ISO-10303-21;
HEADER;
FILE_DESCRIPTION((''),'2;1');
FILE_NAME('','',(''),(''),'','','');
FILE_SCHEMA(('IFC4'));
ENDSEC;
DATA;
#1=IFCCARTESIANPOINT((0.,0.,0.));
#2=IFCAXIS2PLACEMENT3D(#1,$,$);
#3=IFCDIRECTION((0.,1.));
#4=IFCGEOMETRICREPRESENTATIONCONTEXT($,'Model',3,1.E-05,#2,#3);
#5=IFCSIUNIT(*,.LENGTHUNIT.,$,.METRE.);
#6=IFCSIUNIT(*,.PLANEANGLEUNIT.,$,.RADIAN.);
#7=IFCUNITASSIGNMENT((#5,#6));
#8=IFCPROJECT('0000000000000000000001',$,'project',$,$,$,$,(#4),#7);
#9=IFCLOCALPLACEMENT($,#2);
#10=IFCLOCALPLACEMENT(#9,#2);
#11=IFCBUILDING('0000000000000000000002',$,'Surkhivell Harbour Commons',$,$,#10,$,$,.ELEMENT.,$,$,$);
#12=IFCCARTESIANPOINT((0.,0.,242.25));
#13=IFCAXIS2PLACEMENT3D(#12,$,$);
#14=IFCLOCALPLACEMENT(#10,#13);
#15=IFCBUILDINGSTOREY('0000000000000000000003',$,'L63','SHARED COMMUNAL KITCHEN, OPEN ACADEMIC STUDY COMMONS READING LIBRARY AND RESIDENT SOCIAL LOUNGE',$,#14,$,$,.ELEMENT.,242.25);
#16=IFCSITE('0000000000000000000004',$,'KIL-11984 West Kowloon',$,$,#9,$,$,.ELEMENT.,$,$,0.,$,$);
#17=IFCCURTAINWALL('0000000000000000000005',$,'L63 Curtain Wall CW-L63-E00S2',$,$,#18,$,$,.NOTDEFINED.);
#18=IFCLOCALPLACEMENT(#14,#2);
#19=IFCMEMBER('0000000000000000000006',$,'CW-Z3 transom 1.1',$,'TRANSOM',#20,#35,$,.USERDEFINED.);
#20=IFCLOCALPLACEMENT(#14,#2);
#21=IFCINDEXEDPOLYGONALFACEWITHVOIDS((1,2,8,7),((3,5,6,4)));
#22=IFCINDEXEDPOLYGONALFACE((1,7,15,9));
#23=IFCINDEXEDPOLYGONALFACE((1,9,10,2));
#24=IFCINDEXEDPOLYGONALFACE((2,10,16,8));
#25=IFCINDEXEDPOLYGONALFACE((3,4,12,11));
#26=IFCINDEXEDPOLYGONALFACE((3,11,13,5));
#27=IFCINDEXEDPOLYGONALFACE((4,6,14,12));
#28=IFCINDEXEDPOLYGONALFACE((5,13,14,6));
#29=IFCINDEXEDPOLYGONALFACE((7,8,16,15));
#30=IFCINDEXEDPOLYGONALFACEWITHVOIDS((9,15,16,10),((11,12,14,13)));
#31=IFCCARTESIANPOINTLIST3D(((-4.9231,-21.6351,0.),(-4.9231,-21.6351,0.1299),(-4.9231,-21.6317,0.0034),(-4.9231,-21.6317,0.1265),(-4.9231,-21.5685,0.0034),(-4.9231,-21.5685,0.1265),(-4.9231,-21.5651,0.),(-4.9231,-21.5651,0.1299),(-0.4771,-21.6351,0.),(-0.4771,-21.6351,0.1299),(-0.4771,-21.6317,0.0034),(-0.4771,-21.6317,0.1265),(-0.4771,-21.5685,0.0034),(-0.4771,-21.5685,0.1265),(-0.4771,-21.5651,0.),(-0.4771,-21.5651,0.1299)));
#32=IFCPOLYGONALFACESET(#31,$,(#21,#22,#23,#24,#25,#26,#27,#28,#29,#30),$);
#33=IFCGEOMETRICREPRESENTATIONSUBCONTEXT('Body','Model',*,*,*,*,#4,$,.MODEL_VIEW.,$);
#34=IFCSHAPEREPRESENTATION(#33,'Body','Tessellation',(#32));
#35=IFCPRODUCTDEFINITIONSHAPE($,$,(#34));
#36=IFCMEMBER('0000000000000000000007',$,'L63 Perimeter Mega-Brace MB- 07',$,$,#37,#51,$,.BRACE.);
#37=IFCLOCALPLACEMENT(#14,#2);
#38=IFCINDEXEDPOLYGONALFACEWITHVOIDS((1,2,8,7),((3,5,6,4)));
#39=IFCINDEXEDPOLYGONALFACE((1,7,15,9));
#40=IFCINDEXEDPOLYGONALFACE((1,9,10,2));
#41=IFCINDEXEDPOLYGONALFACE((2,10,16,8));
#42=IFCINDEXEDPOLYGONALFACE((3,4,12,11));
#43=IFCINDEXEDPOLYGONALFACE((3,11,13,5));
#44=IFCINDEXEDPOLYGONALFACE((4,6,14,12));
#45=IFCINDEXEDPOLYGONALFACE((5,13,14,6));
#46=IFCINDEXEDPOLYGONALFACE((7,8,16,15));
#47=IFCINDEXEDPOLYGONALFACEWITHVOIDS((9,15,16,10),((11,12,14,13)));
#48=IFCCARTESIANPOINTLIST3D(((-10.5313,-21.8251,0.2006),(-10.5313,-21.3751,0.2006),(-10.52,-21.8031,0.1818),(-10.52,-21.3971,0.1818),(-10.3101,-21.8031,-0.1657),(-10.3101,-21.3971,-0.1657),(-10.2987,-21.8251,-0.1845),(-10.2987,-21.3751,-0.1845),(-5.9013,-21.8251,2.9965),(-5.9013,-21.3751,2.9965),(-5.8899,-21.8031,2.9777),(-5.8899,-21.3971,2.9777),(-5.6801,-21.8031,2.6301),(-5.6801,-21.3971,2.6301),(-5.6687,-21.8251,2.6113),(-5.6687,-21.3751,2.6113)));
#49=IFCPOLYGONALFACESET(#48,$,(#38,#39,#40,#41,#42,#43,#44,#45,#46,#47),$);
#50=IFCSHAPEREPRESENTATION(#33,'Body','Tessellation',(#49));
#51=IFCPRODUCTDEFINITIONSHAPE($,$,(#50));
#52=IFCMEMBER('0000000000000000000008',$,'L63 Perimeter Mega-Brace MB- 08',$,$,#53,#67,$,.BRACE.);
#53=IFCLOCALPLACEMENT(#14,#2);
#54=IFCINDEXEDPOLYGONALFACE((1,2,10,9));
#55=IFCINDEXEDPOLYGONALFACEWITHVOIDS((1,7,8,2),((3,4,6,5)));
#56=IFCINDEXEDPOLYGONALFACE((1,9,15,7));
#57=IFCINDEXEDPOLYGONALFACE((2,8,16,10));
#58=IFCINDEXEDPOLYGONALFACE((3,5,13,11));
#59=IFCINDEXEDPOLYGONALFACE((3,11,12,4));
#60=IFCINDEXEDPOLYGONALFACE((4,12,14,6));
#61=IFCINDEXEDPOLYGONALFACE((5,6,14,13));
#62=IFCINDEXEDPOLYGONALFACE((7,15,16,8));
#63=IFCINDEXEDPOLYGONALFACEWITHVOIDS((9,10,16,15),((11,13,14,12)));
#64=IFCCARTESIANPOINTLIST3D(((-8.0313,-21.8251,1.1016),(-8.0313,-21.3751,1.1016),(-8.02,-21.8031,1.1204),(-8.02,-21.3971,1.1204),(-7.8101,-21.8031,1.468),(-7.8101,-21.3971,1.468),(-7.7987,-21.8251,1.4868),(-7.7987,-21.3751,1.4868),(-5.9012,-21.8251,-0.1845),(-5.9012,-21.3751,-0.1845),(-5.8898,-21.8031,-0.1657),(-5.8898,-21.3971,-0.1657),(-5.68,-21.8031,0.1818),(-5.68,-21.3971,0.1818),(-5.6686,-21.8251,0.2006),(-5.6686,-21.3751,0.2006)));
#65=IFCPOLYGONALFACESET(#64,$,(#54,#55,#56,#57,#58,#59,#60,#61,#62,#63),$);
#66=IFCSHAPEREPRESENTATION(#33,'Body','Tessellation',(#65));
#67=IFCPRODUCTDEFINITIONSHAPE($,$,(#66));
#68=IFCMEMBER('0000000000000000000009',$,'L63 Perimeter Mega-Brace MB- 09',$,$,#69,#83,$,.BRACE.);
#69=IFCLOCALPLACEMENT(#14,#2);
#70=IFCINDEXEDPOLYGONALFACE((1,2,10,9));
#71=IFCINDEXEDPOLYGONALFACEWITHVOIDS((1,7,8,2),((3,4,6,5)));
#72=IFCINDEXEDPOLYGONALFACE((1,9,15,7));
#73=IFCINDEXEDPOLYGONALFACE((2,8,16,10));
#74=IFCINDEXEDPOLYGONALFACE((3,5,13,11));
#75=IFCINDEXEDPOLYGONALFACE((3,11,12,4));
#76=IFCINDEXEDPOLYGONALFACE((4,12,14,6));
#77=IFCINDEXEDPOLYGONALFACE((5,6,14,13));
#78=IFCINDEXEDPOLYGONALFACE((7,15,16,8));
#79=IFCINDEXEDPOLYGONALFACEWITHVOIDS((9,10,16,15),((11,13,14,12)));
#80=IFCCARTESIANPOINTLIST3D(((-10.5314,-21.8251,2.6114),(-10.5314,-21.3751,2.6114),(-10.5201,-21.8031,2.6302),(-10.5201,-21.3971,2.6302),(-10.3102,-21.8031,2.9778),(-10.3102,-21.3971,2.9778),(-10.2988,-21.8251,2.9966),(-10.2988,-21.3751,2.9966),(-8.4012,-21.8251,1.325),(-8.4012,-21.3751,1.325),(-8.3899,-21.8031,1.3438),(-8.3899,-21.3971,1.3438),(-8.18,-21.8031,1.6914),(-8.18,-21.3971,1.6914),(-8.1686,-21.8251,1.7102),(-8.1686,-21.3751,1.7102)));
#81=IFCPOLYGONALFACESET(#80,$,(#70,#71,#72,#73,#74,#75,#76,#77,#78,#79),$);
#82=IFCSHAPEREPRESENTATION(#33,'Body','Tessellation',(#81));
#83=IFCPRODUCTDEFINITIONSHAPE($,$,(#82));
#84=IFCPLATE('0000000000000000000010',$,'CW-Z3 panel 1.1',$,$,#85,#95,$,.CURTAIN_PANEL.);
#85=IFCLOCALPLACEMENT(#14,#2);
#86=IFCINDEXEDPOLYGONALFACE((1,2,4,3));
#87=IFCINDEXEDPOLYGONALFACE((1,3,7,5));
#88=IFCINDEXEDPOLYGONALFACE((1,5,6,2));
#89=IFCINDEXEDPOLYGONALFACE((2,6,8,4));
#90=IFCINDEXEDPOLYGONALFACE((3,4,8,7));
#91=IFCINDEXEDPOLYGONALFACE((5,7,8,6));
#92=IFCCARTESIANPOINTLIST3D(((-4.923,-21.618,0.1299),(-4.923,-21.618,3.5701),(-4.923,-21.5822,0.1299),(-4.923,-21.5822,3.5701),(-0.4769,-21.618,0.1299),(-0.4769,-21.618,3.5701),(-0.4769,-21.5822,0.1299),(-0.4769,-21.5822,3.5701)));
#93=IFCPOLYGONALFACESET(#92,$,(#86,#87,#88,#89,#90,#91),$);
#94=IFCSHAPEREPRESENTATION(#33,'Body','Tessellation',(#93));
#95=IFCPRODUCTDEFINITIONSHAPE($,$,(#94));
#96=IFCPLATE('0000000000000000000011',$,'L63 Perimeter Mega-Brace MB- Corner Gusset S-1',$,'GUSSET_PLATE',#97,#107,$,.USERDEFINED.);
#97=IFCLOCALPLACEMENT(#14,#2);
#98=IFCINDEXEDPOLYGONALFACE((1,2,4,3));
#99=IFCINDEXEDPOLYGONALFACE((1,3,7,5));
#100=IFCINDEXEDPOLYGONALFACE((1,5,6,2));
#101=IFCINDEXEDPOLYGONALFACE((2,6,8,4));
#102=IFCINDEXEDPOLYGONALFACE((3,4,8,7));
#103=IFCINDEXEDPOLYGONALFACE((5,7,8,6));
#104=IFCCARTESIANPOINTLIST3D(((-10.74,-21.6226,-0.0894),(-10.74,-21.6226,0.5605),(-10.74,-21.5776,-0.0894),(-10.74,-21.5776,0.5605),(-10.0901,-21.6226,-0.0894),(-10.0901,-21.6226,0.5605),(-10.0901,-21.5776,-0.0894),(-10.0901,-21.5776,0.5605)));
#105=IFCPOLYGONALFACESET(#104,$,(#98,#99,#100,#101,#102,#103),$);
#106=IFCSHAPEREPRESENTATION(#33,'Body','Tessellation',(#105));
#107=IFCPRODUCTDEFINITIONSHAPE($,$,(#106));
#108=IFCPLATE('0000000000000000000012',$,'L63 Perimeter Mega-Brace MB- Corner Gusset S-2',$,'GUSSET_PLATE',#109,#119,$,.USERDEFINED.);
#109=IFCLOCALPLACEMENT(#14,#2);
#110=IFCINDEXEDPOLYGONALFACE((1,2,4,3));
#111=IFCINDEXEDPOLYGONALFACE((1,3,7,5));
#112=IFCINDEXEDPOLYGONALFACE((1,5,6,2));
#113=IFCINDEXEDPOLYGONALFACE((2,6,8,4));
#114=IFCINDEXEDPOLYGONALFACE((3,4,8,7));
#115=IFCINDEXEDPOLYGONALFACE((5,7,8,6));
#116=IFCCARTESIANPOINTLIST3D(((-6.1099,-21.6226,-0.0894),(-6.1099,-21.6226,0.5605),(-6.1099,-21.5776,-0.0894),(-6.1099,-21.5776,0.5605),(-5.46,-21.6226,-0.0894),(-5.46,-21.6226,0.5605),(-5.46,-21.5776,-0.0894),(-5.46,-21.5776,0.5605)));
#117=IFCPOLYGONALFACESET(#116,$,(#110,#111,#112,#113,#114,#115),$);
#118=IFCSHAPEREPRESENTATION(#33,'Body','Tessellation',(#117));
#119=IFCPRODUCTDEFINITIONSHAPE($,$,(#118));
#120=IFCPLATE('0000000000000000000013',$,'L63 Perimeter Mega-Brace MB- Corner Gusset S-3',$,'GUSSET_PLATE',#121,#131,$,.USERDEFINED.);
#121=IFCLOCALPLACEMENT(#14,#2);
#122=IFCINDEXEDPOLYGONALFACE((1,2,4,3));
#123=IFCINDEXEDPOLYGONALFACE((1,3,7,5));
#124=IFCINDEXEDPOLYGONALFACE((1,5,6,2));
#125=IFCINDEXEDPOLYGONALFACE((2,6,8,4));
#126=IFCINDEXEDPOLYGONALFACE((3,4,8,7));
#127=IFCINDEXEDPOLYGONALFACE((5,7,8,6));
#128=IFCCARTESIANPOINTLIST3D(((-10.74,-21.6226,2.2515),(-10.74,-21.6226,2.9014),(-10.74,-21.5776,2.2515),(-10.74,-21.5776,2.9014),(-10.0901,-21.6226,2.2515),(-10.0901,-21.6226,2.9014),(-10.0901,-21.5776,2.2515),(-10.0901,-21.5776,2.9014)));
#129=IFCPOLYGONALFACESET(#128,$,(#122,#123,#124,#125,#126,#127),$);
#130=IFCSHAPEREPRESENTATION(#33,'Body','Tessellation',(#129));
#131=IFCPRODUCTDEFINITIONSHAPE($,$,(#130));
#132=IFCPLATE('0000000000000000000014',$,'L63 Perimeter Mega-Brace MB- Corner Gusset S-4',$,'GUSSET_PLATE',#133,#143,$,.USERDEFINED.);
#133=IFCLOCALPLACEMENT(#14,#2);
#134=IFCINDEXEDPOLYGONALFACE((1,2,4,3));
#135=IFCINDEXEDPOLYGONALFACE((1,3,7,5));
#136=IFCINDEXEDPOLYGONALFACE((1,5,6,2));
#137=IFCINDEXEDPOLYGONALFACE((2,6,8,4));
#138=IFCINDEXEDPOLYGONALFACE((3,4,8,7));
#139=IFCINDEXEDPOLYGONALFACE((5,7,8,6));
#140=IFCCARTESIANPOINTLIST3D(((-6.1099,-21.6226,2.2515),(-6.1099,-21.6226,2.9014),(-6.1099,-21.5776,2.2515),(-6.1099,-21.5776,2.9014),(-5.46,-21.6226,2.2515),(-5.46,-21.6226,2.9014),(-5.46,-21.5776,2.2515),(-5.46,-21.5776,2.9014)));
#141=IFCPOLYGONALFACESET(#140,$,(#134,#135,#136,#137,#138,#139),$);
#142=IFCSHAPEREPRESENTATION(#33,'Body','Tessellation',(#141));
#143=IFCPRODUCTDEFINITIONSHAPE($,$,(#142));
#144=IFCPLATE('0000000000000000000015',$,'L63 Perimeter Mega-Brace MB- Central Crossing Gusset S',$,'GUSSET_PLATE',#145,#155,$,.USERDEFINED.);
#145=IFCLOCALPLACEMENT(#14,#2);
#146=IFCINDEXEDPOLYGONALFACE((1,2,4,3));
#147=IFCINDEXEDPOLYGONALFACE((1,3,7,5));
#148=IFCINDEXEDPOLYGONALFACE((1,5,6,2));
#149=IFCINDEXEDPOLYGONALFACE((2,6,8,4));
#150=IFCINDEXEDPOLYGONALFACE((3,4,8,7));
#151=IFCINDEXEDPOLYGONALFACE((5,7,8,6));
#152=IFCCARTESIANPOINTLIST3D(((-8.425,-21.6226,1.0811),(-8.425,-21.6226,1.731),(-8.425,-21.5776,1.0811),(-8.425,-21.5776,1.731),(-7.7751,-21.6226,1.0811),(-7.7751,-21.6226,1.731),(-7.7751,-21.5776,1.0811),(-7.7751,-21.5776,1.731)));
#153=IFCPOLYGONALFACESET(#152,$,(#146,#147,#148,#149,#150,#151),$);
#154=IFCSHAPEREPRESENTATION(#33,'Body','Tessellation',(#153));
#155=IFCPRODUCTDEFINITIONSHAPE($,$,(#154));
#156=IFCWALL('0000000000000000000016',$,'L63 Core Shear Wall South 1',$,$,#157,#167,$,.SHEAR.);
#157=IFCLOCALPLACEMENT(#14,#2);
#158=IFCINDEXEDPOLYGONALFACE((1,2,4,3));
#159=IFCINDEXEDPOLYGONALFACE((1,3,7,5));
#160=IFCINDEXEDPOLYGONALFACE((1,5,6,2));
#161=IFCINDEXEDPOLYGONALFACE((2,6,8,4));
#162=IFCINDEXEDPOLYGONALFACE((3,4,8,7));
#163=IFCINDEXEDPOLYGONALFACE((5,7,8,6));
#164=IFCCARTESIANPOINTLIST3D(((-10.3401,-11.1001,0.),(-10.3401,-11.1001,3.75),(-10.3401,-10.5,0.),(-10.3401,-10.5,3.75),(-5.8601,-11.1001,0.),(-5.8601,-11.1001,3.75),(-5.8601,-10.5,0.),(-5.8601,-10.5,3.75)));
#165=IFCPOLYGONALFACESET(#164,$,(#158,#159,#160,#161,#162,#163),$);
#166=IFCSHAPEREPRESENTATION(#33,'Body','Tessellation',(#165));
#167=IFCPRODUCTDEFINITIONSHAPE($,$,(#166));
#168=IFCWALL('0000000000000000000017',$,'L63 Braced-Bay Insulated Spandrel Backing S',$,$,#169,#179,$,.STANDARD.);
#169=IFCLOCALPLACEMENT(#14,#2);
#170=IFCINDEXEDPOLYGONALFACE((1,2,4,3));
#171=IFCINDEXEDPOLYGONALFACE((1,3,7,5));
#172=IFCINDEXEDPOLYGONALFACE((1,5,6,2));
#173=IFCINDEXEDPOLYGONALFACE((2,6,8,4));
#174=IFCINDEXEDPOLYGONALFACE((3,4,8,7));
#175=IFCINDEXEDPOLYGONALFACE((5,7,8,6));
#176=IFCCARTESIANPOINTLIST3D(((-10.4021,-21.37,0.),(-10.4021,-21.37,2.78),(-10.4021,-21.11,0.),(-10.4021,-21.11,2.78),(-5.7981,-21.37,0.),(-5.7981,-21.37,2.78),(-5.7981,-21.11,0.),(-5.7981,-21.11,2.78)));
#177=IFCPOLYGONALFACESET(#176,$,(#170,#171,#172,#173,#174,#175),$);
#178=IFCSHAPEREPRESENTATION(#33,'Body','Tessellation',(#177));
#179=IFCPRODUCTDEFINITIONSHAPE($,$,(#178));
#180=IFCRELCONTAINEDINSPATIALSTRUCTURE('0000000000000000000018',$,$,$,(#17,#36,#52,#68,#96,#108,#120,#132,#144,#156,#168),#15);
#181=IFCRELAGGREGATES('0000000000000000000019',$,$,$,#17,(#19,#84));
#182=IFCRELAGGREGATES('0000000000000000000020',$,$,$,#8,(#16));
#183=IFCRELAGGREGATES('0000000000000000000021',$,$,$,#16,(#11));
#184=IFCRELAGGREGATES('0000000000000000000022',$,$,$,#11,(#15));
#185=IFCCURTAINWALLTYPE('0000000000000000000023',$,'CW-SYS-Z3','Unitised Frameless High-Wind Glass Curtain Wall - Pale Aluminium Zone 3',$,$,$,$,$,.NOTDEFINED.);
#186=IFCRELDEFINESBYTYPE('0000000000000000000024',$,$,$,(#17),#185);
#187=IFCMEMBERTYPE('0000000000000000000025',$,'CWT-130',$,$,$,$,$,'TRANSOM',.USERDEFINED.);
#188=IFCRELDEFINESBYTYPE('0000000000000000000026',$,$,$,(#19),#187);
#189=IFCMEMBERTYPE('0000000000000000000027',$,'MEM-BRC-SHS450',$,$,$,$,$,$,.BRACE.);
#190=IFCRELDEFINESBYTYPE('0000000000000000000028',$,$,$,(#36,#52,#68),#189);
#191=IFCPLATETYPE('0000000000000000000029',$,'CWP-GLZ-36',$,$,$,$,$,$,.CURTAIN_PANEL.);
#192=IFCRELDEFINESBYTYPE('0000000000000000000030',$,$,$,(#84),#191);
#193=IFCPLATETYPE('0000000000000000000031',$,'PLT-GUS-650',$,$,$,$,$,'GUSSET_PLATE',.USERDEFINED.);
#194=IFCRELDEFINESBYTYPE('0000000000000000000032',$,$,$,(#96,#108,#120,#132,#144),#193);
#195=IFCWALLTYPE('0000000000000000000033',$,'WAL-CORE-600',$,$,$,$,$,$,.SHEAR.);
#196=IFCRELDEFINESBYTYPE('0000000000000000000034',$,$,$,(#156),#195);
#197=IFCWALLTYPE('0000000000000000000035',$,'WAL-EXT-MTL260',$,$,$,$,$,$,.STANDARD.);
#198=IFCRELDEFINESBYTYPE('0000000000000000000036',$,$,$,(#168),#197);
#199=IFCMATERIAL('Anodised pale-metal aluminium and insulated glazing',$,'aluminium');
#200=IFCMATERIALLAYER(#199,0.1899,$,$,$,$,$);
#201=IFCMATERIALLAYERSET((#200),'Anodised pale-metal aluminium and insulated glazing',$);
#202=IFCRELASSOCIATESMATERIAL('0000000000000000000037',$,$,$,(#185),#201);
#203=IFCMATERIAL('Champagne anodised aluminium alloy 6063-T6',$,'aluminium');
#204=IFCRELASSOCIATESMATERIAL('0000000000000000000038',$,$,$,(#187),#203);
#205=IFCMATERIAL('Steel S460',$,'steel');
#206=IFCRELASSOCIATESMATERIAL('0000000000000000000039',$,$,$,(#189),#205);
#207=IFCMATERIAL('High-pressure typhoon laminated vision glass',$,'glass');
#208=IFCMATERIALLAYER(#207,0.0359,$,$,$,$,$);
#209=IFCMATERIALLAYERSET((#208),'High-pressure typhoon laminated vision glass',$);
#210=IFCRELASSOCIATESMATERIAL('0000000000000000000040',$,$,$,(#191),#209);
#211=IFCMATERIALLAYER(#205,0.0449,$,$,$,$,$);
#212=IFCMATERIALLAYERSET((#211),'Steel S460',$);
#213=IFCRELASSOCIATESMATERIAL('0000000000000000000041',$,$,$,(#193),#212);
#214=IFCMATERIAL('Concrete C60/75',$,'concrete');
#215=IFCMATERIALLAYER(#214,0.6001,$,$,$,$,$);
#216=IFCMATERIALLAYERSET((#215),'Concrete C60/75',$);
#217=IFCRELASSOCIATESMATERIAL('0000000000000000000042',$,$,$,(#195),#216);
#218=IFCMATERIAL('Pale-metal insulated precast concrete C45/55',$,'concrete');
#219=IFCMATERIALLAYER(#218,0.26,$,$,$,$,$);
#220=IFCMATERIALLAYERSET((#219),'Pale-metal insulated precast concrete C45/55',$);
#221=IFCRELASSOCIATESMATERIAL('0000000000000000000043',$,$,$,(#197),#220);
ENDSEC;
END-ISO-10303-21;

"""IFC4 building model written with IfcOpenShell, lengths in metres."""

from ifc_helpers import new_model, si_unit, direction, frame, frame_2d, origin, origin_2d, place, context, subcontext, project, spatial, rectangle, hollow_rectangle, extrude, material, layer, layer_set, material_profile, profile_set, type_object, element, aggregate, save


model = new_model("IFC4")

# Units and contexts
model_context = context("Model", 3, precision=1e-05, world=origin(), true_north=direction((0.0, 1.0)))
body_context = subcontext(model_context, "Body", "Model", "MODEL_VIEW")
ifc_project = project(units=[si_unit("LENGTHUNIT", "METRE"), si_unit("PLANEANGLEUNIT", "RADIAN")], contexts=[model_context])

# Site, building, storey
site_placement = place(None, origin())
site = spatial("IfcSite", under=ifc_project, at=site_placement, Name="KIL-11984 West Kowloon", CompositionType="ELEMENT", RefElevation=0.0)
building_placement = place(site_placement, origin())
building = spatial("IfcBuilding", under=site, at=building_placement, Name="Surkhivell Harbour Commons", CompositionType="ELEMENT")
storey_placement = place(building_placement, frame((0.0, 0.0, 242.25)))
storey = spatial("IfcBuildingStorey", under=building, at=storey_placement, Name="L63", Description="SHARED COMMUNAL KITCHEN, OPEN ACADEMIC STUDY COMMONS READING LIBRARY AND RESIDENT SOCIAL LOUNGE", CompositionType="ELEMENT", Elevation=242.25)

# Shared definitions
ifc_material_1 = material(Name="Concrete C60/75", Category="concrete")

# Shared definitions
ifc_material_2 = material(Name="Anodised pale-metal aluminium and insulated glazing", Category="aluminium")
ifc_layer_1 = layer(ifc_material_2, 0.1899)
ifc_layer_set_1 = layer_set([ifc_layer_1], Name="Anodised pale-metal aluminium and insulated glazing")
curtain_wall_type = type_object("IfcCurtainWallType", Name="CW-SYS-Z3", Description="Unitised Frameless High-Wind Glass Curtain Wall - Pale Aluminium Zone 3", PredefinedType="NOTDEFINED", material=ifc_layer_set_1)

# Curtain wall, member
curtain_wall_1_placement = place(storey_placement, origin())
curtain_wall_1 = element("IfcCurtainWall", 1, at=curtain_wall_1_placement, inside=storey, type_object=curtain_wall_type, Name="L63 Curtain Wall CW-L63-E00S2", PredefinedType="NOTDEFINED")
ifc_material_3 = material(Name="Champagne anodised aluminium alloy 6063-T6", Category="aluminium")
ifc_material_profile_1 = material_profile(ifc_material_3, hollow_rectangle(XDim=0.0701, YDim=0.1299, WallThickness=0.0034, at=origin_2d()), Name="ALU-TRAN-70x130")
ifc_profile_set_1 = profile_set([ifc_material_profile_1], Name="Champagne anodised aluminium alloy 6063-T6")
member_type_1 = type_object("IfcMemberType", Name="CWT-130", ElementType="TRANSOM", PredefinedType="USERDEFINED", material=ifc_profile_set_1)
member_1_placement = place(storey_placement, frame((-4.9231, -21.6001, 0.0649), z_axis=(1.0, 0.0, 0.0), x_axis=(0.0, 1.0, 0.0)))
member_1 = element("IfcMember", 2, at=member_1_placement, type_object=member_type_1, Name="CW-Z3 transom 1.1", ObjectType="TRANSOM", PredefinedType="USERDEFINED", context=body_context, shape_type="SweptSolid", body=[
    extrude(hollow_rectangle(XDim=0.0701, YDim=0.1299, WallThickness=0.0034, at=origin_2d()), origin(), (0.0, 0.0, 1.0), 4.446),
])

# Members
ifc_material_4 = material(Name="Steel S460", Category="steel")
ifc_material_profile_2 = material_profile(ifc_material_4, hollow_rectangle(XDim=0.45, YDim=0.45, WallThickness=0.022, at=origin_2d()), Name="SHS450x450x22")
ifc_profile_set_2 = profile_set([ifc_material_profile_2], Name="Steel S460")
member_type_2 = type_object("IfcMemberType", Name="MEM-BRC-SHS450", PredefinedType="BRACE", material=ifc_profile_set_2)
member_2_placement = place(storey_placement, frame((-10.415, -21.6001, 0.0081), z_axis=(0.856036, 0.0, 0.516917), x_axis=(0.0, 1.0, 0.0)))
element("IfcMember", 3, at=member_2_placement, inside=storey, type_object=member_type_2, Name="L63 Perimeter Mega-Brace MB- 07", PredefinedType="BRACE", context=body_context, shape_type="SweptSolid", body=[
    extrude(hollow_rectangle(XDim=0.45, YDim=0.45, WallThickness=0.022, at=origin_2d()), origin(), (0.0, 0.0, 1.0), 5.4087),
])
member_3_placement = place(storey_placement, frame((-5.7849, -21.6001, 0.0081), z_axis=(-0.856061, 0.0, 0.516875), x_axis=(0.0, -1.0, 0.0)))
element("IfcMember", 4, at=member_3_placement, inside=storey, type_object=member_type_2, Name="L63 Perimeter Mega-Brace MB- 08", PredefinedType="BRACE", context=body_context, shape_type="SweptSolid", body=[
    extrude(hollow_rectangle(XDim=0.45, YDim=0.45, WallThickness=0.022, at=origin_2d()), origin(), (0.0, 0.0, 1.0), 2.4883),
])
member_4_placement = place(storey_placement, frame((-8.2849, -21.6001, 1.5176), z_axis=(-0.856018, 0.0, 0.516946), x_axis=(0.0, -1.0, 0.0)))
element("IfcMember", 5, at=member_4_placement, inside=storey, type_object=member_type_2, Name="L63 Perimeter Mega-Brace MB- 09", PredefinedType="BRACE", context=body_context, shape_type="SweptSolid", body=[
    extrude(hollow_rectangle(XDim=0.45, YDim=0.45, WallThickness=0.022, at=origin_2d()), origin(), (0.0, 0.0, 1.0), 2.4885),
])

# Plate
ifc_material_5 = material(Name="High-pressure typhoon laminated vision glass", Category="glass")
ifc_layer_2 = layer(ifc_material_5, 0.0359)
ifc_layer_set_2 = layer_set([ifc_layer_2], Name="High-pressure typhoon laminated vision glass")
plate_type_1 = type_object("IfcPlateType", Name="CWP-GLZ-36", PredefinedType="CURTAIN_PANEL", material=ifc_layer_set_2)
plate_placement = place(storey_placement, frame((-4.9231, -21.6001, 0.1299), z_axis=(0.0, 0.0, 1.0), x_axis=(1.0, 0.0, 0.0)))
plate = element("IfcPlate", 6, at=plate_placement, type_object=plate_type_1, Name="CW-Z3 panel 1.1", PredefinedType="CURTAIN_PANEL", context=body_context, shape_type="SweptSolid", body=[
    extrude(rectangle(XDim=4.446, YDim=0.0359, at=frame_2d((2.2231, 0.0))), origin(), (0.0, 0.0, 1.0), 3.4402),
])
aggregate(curtain_wall_1, [member_1, plate])

# Plates
ifc_layer_3 = layer(ifc_material_4, 0.0449)
ifc_layer_set_3 = layer_set([ifc_layer_3], Name="Steel S460")
plate_type_2 = type_object("IfcPlateType", Name="PLT-GUS-650", ElementType="GUSSET_PLATE", PredefinedType="USERDEFINED", material=ifc_layer_set_3)
for number, where, z_axis, x_axis, name in (
    (7, (-10.415, -21.6001, -0.0894), (0.0, 0.0, 1.0), (1.0, 0.0, 0.0), "L63 Perimeter Mega-Brace MB- Corner Gusset S-1"),
    (8, (-5.7849, -21.6001, -0.0894), (0.0, 0.0, 1.0), (1.0, 0.0, 0.0), "L63 Perimeter Mega-Brace MB- Corner Gusset S-2"),
    (9, (-10.415, -21.6001, 2.2515), (0.0, 0.0, 1.0), (1.0, 0.0, 0.0), "L63 Perimeter Mega-Brace MB- Corner Gusset S-3"),
    (10, (-5.7849, -21.6001, 2.2515), (0.0, 0.0, 1.0), (1.0, 0.0, 0.0), "L63 Perimeter Mega-Brace MB- Corner Gusset S-4"),
    (11, (-8.1001, -21.6001, 1.0811), (0.0, 0.0, 1.0), (1.0, 0.0, 0.0), "L63 Perimeter Mega-Brace MB- Central Crossing Gusset S"),
):
    element("IfcPlate", number, at=place(storey_placement, frame(where, z_axis=z_axis, x_axis=x_axis)), inside=storey, type_object=plate_type_2, Name=name, ObjectType="GUSSET_PLATE", PredefinedType="USERDEFINED", context=body_context, shape_type="SweptSolid", body=[
        extrude(rectangle(XDim=0.6499, YDim=0.0449, at=origin_2d()), origin(), (0.0, 0.0, 1.0), 0.6499),
    ])

# Walls
ifc_layer_4 = layer(ifc_material_1, 0.6001)
ifc_layer_set_4 = layer_set([ifc_layer_4], Name="Concrete C60/75")
wall_type_1 = type_object("IfcWallType", Name="WAL-CORE-600", PredefinedType="SHEAR", material=ifc_layer_set_4)
wall_1_placement = place(storey_placement, frame((-10.3401, -10.8, 0.0), z_axis=(0.0, 0.0, 1.0), x_axis=(1.0, 0.0, 0.0)))
element("IfcWall", 12, at=wall_1_placement, inside=storey, type_object=wall_type_1, Name="L63 Core Shear Wall South 1", PredefinedType="SHEAR", context=body_context, shape_type="SweptSolid", body=[
    extrude(rectangle(XDim=4.48, YDim=0.6001, at=frame_2d((2.24, 0.0))), origin(), (0.0, 0.0, 1.0), 3.75),
])
ifc_material_6 = material(Name="Pale-metal insulated precast concrete C45/55", Category="concrete")
ifc_layer_5 = layer(ifc_material_6, 0.26)
ifc_layer_set_5 = layer_set([ifc_layer_5], Name="Pale-metal insulated precast concrete C45/55")
wall_type_2 = type_object("IfcWallType", Name="WAL-EXT-MTL260", PredefinedType="STANDARD", material=ifc_layer_set_5)
wall_2_placement = place(storey_placement, frame((-10.4021, -21.24, 0.0), z_axis=(0.0, 0.0, 1.0), x_axis=(1.0, 0.0, 0.0)))
element("IfcWall", 13, at=wall_2_placement, inside=storey, type_object=wall_type_2, Name="L63 Braced-Bay Insulated Spandrel Backing S", PredefinedType="STANDARD", context=body_context, shape_type="SweptSolid", body=[
    extrude(rectangle(XDim=4.604, YDim=0.26, at=frame_2d((2.302, 0.0))), origin(), (0.0, 0.0, 1.0), 2.78),
])

save(model, "model.ifc")
